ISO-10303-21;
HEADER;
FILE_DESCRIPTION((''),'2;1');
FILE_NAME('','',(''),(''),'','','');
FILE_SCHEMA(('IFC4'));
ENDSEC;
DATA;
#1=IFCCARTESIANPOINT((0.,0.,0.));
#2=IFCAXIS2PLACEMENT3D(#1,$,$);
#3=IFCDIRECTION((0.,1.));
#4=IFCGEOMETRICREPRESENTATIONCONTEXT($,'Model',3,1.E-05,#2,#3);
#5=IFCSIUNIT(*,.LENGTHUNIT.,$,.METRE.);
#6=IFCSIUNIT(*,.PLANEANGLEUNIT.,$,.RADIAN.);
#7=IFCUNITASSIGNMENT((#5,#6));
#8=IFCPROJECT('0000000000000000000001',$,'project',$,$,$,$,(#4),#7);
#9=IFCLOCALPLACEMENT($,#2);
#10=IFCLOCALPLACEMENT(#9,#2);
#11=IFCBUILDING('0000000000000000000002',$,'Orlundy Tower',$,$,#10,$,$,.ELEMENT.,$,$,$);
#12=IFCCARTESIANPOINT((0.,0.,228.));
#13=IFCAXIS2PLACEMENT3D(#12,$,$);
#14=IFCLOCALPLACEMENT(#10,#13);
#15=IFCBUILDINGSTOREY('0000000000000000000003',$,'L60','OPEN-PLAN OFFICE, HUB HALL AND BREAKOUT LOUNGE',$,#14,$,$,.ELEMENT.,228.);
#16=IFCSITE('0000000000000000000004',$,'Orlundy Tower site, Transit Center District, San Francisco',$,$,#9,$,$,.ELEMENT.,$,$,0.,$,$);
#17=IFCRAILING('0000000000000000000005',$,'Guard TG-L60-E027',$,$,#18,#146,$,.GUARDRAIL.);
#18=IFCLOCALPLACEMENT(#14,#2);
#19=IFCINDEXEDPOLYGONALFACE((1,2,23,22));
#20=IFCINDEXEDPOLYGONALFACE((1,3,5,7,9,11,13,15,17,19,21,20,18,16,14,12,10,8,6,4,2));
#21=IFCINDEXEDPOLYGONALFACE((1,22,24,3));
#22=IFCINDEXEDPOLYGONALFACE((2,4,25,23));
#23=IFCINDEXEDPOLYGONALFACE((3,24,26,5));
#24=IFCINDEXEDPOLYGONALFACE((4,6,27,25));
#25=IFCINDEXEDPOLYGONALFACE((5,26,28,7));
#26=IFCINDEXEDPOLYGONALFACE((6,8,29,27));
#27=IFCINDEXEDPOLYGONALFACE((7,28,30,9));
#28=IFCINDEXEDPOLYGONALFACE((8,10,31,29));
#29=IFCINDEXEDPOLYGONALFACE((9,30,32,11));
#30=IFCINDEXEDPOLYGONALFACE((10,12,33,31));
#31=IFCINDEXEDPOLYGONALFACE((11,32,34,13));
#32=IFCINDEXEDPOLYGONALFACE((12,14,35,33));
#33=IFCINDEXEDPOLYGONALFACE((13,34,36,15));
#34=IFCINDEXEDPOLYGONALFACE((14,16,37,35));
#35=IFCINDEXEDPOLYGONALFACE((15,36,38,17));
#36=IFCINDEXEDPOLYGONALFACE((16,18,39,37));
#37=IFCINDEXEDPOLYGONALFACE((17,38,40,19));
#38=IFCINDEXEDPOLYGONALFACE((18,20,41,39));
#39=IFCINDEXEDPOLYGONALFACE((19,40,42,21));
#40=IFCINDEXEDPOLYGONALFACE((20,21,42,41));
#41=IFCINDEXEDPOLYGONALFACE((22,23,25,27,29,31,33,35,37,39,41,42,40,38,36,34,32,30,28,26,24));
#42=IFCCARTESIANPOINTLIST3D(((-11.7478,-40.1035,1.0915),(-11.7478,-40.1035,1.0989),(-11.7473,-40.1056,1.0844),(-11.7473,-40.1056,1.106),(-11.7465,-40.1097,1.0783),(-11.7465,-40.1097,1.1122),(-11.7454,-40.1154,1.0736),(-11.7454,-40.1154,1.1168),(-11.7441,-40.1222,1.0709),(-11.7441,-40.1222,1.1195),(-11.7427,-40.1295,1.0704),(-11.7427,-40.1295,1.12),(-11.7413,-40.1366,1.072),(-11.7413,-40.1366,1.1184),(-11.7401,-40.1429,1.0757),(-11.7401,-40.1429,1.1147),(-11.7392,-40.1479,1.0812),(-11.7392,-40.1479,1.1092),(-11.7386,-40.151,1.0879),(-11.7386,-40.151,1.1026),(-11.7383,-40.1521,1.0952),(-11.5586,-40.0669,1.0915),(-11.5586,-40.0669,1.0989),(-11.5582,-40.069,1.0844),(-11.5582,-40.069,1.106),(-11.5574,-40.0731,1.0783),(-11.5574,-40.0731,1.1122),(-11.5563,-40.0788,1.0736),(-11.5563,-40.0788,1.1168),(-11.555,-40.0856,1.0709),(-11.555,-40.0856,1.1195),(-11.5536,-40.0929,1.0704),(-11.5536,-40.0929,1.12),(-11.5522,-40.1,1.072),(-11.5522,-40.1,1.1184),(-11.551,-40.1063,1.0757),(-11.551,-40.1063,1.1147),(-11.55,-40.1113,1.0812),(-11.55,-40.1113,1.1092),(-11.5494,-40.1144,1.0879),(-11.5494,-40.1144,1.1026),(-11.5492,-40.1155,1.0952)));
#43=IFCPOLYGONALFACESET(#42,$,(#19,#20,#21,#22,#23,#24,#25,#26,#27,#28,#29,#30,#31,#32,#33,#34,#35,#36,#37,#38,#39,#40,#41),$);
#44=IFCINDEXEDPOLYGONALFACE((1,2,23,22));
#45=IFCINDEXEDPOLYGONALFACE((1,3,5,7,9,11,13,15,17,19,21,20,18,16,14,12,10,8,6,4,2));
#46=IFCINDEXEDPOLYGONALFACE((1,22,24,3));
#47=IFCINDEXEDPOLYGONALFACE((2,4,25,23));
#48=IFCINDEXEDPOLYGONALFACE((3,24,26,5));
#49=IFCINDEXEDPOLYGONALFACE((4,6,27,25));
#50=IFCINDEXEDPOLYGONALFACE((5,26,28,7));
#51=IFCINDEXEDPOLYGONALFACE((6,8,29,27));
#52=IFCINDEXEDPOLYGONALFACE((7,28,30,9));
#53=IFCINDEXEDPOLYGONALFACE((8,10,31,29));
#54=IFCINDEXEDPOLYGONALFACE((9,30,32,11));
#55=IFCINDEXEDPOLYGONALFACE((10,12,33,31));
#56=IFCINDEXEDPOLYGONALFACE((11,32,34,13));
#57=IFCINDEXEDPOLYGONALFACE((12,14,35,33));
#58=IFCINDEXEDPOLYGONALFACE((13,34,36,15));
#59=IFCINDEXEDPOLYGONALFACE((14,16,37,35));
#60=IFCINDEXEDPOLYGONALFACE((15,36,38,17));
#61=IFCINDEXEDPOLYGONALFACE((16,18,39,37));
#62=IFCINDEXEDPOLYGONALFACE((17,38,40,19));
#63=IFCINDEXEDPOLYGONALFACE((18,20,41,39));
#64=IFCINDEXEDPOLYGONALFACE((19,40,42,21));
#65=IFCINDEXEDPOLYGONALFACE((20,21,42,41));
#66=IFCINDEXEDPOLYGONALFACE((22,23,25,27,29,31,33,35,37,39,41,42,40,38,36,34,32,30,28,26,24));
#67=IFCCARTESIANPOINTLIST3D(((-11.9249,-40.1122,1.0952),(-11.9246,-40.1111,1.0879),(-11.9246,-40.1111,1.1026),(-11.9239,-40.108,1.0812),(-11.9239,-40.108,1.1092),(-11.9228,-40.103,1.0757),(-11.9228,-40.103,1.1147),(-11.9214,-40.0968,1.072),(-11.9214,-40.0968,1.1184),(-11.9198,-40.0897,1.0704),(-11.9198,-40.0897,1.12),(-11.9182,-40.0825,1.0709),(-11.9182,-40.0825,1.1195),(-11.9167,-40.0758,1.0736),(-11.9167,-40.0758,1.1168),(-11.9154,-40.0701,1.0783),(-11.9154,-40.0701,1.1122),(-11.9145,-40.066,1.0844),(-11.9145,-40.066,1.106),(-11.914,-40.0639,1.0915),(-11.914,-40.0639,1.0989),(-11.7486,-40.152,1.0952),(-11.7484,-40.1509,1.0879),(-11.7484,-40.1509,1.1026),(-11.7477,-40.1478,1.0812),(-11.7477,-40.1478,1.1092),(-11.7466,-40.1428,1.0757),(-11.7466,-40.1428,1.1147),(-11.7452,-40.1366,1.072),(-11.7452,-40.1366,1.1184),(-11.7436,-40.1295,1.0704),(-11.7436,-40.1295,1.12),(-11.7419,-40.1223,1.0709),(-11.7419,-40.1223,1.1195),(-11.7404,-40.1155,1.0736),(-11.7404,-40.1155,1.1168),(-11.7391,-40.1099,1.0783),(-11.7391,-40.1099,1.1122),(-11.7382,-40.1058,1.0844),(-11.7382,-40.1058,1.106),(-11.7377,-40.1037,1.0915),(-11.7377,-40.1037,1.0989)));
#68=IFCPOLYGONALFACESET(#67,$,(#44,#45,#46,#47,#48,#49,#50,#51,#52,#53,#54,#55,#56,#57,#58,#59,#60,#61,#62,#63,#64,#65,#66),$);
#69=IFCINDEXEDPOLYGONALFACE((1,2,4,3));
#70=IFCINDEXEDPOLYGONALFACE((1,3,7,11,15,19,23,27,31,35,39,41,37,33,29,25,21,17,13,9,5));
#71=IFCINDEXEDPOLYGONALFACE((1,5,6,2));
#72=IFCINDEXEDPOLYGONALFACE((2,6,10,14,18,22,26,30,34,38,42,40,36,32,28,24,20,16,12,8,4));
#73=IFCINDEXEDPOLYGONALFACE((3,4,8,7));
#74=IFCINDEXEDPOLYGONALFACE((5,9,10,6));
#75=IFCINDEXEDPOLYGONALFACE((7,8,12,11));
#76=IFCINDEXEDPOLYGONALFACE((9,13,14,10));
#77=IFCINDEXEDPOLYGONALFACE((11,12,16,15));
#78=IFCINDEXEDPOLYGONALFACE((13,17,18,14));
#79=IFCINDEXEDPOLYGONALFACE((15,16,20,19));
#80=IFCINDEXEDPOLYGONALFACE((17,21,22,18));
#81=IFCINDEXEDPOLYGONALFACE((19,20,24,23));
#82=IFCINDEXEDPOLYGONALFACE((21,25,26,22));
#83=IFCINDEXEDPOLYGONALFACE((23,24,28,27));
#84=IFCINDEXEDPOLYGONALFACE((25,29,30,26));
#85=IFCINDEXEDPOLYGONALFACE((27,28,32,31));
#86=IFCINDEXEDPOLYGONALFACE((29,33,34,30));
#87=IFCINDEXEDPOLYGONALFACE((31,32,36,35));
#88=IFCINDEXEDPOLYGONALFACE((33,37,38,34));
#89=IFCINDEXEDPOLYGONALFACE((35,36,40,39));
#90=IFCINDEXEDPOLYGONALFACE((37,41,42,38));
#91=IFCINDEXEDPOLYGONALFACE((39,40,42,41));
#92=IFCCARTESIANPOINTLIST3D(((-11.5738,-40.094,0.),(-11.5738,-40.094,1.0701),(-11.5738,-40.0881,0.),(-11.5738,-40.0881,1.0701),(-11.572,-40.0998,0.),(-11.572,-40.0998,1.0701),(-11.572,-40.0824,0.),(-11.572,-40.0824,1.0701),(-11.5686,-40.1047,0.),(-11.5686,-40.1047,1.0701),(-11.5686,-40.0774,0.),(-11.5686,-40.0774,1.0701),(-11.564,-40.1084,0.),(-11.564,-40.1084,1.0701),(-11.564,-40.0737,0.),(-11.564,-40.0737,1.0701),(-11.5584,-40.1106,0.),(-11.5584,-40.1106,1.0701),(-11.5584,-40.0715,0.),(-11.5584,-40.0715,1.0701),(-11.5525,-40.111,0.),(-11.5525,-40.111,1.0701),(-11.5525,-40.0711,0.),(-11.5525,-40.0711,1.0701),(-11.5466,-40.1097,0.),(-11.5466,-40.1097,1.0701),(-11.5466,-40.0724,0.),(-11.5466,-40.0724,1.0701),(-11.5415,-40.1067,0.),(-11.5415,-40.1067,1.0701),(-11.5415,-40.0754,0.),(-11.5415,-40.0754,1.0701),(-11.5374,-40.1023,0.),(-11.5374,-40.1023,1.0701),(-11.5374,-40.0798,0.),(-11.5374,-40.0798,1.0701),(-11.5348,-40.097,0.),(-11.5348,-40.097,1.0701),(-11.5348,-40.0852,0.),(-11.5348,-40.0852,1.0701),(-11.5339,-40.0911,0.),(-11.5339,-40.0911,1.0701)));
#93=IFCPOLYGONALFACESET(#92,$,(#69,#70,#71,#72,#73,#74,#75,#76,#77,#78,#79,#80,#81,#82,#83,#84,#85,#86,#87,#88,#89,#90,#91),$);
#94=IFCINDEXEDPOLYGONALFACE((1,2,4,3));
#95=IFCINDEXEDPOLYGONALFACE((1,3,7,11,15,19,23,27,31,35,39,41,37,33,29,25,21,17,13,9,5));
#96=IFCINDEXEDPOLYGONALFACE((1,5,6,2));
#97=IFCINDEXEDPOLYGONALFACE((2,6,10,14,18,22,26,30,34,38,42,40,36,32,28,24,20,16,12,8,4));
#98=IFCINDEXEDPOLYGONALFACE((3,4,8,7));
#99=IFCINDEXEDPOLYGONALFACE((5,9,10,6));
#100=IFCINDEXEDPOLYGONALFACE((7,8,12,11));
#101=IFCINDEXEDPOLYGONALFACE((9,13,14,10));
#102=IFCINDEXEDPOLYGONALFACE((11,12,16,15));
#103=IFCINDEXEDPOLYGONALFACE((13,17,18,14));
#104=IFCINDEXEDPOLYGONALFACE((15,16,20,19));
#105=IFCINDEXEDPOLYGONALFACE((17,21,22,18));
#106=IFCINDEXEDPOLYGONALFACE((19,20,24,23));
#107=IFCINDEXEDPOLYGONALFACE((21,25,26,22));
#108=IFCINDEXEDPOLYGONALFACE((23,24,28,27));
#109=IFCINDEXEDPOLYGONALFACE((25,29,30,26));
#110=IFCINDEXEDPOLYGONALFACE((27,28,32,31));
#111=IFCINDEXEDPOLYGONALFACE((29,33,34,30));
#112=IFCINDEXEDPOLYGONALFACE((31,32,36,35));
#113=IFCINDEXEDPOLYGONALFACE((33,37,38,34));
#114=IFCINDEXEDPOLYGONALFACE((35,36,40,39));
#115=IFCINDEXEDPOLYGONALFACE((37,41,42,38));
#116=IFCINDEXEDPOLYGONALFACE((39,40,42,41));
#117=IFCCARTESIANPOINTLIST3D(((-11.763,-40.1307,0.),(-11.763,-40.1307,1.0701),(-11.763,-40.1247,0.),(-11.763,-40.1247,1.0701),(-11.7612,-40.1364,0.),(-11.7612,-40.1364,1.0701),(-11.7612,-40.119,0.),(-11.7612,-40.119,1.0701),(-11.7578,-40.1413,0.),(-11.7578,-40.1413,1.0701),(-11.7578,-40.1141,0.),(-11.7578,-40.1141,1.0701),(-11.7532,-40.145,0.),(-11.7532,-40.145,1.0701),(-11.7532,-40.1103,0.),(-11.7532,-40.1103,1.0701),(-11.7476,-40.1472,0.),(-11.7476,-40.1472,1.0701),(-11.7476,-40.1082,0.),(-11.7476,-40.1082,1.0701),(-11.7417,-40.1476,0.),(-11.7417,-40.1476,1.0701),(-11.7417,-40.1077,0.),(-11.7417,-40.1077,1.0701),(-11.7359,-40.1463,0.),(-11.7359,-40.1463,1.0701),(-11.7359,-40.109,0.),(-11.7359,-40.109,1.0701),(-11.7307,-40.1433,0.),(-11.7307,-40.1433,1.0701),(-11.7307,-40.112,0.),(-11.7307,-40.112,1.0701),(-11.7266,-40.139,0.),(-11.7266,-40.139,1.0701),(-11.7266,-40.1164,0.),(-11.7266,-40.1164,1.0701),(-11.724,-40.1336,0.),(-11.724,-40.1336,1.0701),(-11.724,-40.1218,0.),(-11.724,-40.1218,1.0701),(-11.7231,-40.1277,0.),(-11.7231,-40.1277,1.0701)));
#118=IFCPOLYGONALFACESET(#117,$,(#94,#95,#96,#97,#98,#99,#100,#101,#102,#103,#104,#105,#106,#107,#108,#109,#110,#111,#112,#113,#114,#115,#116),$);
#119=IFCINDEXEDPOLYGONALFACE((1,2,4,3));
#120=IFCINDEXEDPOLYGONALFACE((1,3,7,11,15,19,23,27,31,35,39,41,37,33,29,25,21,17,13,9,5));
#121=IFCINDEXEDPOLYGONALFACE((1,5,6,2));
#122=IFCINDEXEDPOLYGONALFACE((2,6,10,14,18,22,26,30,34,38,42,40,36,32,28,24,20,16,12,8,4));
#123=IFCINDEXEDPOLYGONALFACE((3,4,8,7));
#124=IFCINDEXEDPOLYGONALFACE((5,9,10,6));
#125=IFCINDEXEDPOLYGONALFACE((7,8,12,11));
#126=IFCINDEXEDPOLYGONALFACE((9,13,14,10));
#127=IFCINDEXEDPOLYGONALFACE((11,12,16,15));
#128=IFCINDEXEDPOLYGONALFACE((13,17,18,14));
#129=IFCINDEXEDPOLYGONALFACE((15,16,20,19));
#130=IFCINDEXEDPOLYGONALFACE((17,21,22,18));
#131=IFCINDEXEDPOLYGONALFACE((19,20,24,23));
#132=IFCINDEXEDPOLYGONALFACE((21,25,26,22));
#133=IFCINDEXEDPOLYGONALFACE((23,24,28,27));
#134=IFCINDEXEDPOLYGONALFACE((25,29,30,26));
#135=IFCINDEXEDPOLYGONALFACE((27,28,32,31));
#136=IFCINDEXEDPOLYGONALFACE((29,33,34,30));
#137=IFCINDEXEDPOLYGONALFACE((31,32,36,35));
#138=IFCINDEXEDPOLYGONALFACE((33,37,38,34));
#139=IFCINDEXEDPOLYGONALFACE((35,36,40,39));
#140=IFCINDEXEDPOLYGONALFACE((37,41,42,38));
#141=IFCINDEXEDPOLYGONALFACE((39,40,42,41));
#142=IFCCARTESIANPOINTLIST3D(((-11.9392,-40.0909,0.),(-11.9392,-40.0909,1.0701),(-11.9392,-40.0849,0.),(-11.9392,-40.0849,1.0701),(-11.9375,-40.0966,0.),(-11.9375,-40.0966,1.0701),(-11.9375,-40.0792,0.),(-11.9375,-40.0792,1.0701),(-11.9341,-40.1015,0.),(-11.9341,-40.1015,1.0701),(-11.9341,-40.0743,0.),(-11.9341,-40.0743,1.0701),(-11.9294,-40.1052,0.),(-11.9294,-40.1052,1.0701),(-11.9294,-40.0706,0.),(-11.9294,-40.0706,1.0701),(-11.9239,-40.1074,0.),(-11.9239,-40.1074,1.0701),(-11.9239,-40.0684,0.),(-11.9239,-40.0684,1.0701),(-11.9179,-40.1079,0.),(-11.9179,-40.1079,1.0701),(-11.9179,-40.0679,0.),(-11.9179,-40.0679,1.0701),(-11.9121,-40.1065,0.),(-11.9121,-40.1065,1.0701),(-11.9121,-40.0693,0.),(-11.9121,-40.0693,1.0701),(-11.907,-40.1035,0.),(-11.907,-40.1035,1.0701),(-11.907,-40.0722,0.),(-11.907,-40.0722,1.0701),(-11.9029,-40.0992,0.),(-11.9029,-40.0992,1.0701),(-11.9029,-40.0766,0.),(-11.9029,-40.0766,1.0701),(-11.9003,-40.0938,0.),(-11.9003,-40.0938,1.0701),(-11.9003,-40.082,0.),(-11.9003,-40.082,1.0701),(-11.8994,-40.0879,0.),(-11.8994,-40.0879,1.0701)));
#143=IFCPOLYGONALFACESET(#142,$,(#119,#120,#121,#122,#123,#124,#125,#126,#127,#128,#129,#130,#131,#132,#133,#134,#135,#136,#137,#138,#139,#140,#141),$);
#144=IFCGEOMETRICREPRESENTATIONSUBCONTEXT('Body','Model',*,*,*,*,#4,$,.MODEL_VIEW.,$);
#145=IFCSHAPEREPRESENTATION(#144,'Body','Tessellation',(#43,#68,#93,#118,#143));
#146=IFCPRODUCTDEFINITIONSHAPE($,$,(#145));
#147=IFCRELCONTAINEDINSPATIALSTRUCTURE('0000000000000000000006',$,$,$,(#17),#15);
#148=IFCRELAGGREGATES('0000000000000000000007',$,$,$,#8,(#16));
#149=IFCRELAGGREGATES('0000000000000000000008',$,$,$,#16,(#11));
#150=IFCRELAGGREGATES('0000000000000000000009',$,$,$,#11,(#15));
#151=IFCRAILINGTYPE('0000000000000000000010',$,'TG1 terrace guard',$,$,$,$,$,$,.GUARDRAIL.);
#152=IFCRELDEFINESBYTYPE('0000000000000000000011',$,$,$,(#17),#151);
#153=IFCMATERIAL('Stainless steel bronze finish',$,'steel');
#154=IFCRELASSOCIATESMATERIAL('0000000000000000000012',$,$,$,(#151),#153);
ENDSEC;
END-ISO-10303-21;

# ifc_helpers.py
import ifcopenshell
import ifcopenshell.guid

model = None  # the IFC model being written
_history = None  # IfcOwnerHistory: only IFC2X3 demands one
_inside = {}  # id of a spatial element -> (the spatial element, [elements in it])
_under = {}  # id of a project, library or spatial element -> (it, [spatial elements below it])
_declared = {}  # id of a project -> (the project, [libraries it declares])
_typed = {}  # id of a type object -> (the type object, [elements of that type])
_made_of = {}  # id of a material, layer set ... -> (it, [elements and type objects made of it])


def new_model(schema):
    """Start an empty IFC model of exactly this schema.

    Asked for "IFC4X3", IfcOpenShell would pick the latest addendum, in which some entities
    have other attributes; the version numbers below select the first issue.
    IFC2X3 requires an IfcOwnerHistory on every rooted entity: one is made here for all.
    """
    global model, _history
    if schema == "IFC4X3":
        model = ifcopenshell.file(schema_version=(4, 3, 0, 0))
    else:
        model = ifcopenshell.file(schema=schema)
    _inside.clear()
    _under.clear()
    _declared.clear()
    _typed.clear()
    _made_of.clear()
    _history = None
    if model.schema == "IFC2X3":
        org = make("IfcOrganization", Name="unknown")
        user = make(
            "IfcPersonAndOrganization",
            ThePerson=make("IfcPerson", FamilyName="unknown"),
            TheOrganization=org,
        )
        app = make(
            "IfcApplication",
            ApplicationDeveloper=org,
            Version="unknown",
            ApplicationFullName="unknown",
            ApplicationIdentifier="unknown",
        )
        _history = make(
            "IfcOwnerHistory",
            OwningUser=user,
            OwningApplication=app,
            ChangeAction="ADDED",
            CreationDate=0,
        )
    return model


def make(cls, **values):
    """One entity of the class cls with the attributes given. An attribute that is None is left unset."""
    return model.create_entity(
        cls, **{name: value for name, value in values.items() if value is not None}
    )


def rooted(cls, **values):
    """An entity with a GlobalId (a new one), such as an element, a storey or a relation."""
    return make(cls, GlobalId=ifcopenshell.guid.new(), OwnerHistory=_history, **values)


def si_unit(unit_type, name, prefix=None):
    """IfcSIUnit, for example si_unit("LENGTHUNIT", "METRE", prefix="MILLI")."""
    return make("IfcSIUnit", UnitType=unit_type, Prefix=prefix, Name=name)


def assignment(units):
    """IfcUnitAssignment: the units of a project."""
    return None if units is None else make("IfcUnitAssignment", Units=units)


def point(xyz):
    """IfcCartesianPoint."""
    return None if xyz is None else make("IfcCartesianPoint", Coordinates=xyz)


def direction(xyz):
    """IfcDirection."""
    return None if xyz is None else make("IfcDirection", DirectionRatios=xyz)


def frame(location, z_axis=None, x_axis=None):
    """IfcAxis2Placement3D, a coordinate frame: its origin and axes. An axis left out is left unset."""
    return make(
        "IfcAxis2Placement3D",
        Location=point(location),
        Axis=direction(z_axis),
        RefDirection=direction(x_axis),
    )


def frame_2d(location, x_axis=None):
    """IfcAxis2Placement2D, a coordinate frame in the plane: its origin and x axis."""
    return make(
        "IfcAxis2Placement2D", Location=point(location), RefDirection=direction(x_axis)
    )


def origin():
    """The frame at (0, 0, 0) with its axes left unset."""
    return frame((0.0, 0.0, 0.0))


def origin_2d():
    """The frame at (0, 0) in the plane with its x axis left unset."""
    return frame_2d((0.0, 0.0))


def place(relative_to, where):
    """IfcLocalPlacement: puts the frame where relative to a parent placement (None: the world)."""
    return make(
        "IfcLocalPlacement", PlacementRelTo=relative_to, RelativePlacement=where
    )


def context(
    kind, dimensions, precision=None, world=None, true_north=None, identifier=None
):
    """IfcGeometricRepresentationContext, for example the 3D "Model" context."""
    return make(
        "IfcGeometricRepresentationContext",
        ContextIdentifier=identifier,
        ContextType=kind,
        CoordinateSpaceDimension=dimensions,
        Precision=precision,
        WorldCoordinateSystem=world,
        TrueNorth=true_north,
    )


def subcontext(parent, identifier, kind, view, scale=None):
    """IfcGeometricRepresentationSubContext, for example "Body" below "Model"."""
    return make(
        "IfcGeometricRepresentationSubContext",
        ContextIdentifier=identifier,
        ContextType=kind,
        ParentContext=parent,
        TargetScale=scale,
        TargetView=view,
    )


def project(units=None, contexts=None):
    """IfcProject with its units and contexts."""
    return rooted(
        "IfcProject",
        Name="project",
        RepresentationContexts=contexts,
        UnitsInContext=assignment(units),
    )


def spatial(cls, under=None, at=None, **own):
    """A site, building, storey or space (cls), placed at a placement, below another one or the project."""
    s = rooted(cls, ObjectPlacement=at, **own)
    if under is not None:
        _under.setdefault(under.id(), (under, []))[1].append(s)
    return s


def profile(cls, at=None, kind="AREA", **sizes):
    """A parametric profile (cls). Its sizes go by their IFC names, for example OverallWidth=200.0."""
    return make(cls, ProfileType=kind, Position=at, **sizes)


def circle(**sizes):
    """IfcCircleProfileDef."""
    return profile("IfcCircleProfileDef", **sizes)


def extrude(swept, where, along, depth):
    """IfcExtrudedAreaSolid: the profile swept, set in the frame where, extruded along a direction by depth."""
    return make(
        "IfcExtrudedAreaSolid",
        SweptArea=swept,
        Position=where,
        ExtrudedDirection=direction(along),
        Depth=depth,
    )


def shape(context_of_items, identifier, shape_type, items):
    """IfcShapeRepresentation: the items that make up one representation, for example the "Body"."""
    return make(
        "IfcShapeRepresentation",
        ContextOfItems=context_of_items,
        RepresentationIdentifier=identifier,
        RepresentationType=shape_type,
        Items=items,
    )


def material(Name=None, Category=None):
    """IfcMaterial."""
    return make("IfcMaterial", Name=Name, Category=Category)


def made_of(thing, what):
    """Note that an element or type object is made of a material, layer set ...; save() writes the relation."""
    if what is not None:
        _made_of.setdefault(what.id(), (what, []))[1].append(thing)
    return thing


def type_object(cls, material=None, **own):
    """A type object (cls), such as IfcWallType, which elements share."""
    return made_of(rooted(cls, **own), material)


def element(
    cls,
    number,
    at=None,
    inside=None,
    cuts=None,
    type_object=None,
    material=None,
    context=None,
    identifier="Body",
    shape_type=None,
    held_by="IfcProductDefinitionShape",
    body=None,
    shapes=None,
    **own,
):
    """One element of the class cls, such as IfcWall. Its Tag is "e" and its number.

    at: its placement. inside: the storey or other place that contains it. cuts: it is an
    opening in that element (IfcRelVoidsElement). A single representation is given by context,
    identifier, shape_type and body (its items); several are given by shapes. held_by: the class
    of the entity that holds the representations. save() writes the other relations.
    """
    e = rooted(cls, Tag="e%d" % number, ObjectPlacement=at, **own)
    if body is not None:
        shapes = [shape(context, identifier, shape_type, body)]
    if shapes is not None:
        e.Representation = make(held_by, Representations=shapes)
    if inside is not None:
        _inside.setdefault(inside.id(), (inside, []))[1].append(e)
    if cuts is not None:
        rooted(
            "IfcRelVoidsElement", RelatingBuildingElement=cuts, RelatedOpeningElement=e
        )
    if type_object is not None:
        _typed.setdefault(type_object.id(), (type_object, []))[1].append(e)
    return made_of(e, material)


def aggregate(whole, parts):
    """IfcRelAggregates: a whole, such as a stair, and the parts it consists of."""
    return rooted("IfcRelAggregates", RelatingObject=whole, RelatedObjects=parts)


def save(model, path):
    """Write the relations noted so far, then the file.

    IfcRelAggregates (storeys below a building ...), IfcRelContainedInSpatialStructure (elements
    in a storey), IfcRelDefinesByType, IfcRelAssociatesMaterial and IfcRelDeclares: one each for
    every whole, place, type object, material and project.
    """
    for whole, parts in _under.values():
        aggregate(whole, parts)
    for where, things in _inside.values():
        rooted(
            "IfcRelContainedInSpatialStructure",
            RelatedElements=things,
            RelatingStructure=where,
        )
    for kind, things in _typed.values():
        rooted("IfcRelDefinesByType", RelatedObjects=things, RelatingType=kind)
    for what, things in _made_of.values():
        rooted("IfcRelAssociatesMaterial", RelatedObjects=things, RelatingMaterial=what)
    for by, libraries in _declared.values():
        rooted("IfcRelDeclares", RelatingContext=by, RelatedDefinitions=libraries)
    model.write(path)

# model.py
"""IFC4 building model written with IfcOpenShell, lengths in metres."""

from ifc_helpers import new_model, si_unit, direction, frame, origin, origin_2d, place, context, subcontext, project, spatial, circle, extrude, material, type_object, element, save


model = new_model("IFC4")

# Units and contexts
model_context = context("Model", 3, precision=1e-05, world=origin(), true_north=direction((0.0, 1.0)))
body_context = subcontext(model_context, "Body", "Model", "MODEL_VIEW")
ifc_project = project(units=[si_unit("LENGTHUNIT", "METRE"), si_unit("PLANEANGLEUNIT", "RADIAN")], contexts=[model_context])

# Site, building, storey
site_placement = place(None, origin())
site = spatial("IfcSite", under=ifc_project, at=site_placement, Name="Orlundy Tower site, Transit Center District, San Francisco", CompositionType="ELEMENT", RefElevation=0.0)
building_placement = place(site_placement, origin())
building = spatial("IfcBuilding", under=site, at=building_placement, Name="Orlundy Tower", CompositionType="ELEMENT")
storey_placement = place(building_placement, frame((0.0, 0.0, 228.0)))
storey = spatial("IfcBuildingStorey", under=building, at=storey_placement, Name="L60", Description="OPEN-PLAN OFFICE, HUB HALL AND BREAKOUT LOUNGE", CompositionType="ELEMENT", Elevation=228.0)

# Railing
ifc_material_1 = material(Name="Stainless steel bronze finish", Category="steel")
railing_type = type_object("IfcRailingType", Name="TG1 terrace guard", PredefinedType="GUARDRAIL", material=ifc_material_1)
railing_1_placement = place(storey_placement, frame((-11.554, -40.0911, 0.0)))
element("IfcRailing", 1, at=railing_1_placement, inside=storey, type_object=railing_type, Name="Guard TG-L60-E027", PredefinedType="GUARDRAIL", context=body_context, shape_type="SweptSolid", body=[
    extrude(circle(Radius=0.0249, at=origin_2d()), frame((0.0, 0.0, 1.0952), z_axis=(-0.98178, -0.190022, 0.0), x_axis=(0.190022, -0.98178, 0.0)), (0.0, 0.0, 1.0), 0.1926),
    extrude(circle(Radius=0.0249, at=origin_2d()), frame((-0.1892, -0.0366, 1.0952), z_axis=(-0.97545, 0.220219, 0.0), x_axis=(-0.220219, -0.97545, 0.0)), (0.0, 0.0, 1.0), 0.1807),
    extrude(circle(Radius=0.02, at=origin_2d()), origin(), (0.0, 0.0, 1.0), 1.0701),
    extrude(circle(Radius=0.02, at=origin_2d()), frame((-0.1892, -0.0366, 0.0)), (0.0, 0.0, 1.0), 1.0701),
    extrude(circle(Radius=0.02, at=origin_2d()), frame((-0.3655, 0.0032, 0.0)), (0.0, 0.0, 1.0), 1.0701),
])

save(model, "model.ifc")
